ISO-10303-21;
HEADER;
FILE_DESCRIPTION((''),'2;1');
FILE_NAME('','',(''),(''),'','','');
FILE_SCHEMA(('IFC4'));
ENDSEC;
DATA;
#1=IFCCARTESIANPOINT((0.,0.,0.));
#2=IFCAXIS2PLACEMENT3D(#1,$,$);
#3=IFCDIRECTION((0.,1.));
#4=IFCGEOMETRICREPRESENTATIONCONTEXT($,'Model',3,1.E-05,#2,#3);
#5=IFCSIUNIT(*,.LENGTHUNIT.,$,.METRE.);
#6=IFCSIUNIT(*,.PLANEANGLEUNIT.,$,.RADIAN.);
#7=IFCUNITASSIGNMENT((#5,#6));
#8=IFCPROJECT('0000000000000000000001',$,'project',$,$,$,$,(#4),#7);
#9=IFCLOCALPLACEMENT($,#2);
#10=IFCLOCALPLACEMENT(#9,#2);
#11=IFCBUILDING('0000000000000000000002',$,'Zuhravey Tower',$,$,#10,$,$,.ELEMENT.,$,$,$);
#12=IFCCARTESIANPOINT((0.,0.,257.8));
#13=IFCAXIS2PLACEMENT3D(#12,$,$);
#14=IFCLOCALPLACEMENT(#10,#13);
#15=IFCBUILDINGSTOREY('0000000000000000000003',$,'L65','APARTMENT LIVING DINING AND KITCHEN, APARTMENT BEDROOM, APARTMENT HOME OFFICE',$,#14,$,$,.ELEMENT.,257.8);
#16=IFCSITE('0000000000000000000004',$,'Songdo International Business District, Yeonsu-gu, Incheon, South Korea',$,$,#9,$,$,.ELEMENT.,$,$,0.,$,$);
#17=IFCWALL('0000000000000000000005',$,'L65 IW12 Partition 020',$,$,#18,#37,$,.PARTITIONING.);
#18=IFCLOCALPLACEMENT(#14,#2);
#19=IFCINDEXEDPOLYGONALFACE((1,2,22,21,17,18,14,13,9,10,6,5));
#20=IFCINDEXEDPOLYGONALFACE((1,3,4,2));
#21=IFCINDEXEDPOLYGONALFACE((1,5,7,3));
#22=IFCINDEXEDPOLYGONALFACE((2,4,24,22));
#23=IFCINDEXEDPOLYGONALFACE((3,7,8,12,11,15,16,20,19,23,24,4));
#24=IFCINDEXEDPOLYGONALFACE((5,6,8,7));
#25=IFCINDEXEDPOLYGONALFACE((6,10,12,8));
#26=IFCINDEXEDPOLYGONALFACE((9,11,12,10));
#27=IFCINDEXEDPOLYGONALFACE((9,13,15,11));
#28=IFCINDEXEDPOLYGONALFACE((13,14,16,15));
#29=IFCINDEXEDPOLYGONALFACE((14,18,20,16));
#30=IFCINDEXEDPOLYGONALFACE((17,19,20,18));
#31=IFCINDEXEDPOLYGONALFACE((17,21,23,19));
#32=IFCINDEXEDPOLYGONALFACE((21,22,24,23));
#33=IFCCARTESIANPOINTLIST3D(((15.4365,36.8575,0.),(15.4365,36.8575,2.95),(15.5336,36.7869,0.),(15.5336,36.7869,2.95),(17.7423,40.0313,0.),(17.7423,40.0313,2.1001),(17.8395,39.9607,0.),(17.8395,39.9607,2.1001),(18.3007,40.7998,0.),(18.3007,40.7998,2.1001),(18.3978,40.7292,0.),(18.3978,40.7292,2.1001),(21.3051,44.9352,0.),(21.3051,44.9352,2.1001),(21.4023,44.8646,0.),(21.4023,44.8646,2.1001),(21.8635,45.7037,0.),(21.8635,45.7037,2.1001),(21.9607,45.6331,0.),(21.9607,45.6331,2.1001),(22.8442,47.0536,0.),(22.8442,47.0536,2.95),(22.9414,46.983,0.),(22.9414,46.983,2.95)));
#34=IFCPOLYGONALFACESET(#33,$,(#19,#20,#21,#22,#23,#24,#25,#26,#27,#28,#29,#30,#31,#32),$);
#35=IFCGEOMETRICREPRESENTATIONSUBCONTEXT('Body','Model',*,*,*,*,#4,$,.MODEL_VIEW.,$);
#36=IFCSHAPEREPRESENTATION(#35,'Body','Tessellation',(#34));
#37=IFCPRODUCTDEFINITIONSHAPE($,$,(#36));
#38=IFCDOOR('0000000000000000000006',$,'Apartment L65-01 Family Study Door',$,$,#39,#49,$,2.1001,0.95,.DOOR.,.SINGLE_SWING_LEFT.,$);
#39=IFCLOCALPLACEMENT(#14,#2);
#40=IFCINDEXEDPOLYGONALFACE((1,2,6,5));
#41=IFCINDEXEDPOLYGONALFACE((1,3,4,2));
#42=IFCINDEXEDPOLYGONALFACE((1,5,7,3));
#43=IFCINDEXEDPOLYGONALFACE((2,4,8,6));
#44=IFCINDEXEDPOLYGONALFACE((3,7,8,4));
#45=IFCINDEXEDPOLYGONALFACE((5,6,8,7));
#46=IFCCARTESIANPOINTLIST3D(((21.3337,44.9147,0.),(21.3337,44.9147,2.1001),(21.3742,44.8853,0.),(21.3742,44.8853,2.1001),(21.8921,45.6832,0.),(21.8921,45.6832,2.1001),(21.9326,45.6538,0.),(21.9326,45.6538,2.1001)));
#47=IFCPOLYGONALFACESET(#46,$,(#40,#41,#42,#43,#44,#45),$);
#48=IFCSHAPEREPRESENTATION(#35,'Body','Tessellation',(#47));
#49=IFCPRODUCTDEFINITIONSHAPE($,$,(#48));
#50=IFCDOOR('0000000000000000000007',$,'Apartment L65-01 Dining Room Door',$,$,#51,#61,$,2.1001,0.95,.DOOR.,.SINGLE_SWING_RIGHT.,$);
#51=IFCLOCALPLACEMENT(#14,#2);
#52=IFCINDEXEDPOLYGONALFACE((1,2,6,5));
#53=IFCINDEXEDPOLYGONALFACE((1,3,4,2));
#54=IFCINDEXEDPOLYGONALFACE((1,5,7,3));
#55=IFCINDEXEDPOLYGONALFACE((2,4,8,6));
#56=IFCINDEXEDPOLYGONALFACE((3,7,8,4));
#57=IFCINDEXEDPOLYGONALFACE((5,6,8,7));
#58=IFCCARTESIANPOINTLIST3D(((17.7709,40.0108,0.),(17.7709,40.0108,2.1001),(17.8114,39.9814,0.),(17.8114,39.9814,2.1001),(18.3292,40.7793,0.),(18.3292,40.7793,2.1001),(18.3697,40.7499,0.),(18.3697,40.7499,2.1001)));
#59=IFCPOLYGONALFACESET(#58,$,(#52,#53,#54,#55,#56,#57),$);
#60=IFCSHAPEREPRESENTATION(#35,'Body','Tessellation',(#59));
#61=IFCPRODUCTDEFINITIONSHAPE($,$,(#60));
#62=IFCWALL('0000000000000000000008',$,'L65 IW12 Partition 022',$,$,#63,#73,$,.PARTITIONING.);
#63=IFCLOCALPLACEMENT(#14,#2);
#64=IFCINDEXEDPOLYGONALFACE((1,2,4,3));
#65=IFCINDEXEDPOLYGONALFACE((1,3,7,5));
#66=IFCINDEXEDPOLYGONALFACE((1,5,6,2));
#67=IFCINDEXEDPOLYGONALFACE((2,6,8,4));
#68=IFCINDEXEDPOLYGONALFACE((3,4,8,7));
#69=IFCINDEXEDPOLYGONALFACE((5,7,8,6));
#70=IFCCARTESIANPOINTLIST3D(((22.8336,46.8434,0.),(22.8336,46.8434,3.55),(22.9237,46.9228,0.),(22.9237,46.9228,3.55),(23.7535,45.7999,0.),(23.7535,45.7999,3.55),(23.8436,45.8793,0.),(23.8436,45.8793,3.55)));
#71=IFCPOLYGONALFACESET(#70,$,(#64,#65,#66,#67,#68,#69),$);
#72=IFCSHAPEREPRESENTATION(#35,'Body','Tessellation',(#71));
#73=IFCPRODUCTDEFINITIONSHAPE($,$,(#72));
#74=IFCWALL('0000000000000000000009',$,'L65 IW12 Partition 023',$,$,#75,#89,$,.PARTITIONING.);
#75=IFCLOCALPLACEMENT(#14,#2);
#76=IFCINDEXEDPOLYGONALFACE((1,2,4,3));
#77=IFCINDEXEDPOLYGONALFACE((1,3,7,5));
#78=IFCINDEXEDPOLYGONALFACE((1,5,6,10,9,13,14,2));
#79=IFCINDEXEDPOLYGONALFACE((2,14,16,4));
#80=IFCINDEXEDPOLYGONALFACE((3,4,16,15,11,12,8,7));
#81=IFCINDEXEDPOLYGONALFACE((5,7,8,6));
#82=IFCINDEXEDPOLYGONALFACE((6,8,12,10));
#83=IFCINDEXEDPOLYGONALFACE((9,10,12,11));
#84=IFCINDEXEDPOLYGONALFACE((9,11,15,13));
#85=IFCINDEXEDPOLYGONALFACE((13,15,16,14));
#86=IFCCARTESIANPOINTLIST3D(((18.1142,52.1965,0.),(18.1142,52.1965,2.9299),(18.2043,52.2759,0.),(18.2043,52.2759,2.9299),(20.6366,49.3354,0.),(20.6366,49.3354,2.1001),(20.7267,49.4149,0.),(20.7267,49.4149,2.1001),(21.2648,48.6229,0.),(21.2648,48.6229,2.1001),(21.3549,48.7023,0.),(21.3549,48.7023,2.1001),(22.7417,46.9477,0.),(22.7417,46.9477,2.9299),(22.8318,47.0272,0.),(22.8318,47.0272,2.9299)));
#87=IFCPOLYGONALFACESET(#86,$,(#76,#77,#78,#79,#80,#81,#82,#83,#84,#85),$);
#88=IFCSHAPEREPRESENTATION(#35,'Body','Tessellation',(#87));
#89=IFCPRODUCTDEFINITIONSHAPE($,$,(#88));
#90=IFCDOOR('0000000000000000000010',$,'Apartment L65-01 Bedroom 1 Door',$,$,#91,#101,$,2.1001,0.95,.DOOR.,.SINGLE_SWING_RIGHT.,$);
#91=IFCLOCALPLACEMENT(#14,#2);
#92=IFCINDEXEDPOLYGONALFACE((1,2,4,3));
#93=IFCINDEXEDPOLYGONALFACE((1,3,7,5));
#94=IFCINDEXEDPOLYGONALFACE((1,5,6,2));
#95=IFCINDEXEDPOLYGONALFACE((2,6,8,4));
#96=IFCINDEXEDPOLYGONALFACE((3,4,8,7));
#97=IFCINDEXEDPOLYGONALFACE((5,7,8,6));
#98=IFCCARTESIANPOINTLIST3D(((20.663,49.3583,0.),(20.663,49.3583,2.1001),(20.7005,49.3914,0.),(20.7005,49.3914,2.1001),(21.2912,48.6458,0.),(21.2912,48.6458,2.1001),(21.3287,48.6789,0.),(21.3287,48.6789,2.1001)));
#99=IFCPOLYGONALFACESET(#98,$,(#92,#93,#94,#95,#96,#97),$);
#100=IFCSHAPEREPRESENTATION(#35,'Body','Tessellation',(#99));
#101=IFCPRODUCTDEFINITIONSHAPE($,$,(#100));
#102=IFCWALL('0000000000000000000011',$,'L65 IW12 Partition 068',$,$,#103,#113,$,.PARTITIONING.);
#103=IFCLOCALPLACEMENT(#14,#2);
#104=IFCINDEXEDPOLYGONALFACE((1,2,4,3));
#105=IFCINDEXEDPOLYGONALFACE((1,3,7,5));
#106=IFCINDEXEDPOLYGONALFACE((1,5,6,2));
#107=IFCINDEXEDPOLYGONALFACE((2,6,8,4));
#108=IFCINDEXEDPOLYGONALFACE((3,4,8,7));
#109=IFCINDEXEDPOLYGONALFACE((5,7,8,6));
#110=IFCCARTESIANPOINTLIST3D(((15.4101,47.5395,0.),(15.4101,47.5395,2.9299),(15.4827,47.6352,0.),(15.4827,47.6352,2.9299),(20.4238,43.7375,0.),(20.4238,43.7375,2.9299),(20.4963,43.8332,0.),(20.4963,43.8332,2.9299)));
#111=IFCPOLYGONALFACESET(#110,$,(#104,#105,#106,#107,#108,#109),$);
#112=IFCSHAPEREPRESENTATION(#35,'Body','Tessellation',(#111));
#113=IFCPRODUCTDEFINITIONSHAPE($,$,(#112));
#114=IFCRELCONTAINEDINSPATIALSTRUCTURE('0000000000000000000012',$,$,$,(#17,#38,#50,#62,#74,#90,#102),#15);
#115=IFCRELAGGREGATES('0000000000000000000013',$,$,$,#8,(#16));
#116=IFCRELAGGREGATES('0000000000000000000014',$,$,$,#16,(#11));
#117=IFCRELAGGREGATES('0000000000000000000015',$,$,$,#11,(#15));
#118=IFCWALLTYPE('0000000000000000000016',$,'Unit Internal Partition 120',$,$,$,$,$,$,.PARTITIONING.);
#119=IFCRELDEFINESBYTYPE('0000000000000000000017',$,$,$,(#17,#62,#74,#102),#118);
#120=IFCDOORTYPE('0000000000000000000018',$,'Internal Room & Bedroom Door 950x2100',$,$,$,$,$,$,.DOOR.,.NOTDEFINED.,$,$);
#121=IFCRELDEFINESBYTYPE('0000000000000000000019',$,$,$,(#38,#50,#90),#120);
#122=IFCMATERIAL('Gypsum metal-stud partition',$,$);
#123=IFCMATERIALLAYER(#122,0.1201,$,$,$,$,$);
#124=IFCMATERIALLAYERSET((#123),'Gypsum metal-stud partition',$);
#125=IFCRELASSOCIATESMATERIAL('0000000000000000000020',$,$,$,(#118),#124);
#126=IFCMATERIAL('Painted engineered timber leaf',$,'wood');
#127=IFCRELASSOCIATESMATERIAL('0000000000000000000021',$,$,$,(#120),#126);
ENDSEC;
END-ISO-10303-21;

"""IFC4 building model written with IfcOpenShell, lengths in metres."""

from ifc_helpers import new_model, si_unit, direction, frame, frame_2d, origin, place, context, subcontext, project, spatial, rectangle, extrude, material, layer, layer_set, type_object, element, fill, save


model = new_model("IFC4")

# Units and contexts
model_context = context("Model", 3, precision=1e-05, world=origin(), true_north=direction((0.0, 1.0)))
body_context = subcontext(model_context, "Body", "Model", "MODEL_VIEW")
ifc_project = project(units=[si_unit("LENGTHUNIT", "METRE"), si_unit("PLANEANGLEUNIT", "RADIAN")], contexts=[model_context])

# Site, building, storey
site_placement = place(None, origin())
site = spatial("IfcSite", under=ifc_project, at=site_placement, Name="Songdo International Business District, Yeonsu-gu, Incheon, South Korea", CompositionType="ELEMENT", RefElevation=0.0)
building_placement = place(site_placement, origin())
building = spatial("IfcBuilding", under=site, at=building_placement, Name="Zuhravey Tower", CompositionType="ELEMENT")
storey_placement = place(building_placement, frame((0.0, 0.0, 257.8)))
storey = spatial("IfcBuildingStorey", under=building, at=storey_placement, Name="L65", Description="APARTMENT LIVING DINING AND KITCHEN, APARTMENT BEDROOM, APARTMENT HOME OFFICE", CompositionType="ELEMENT", Elevation=257.8)

# Wall, openings, doors
ifc_material_1 = material(Name="Gypsum metal-stud partition")
ifc_layer_1 = layer(ifc_material_1, 0.1201)
ifc_layer_set_1 = layer_set([ifc_layer_1], Name="Gypsum metal-stud partition")
wall_type_1 = type_object("IfcWallType", Name="Unit Internal Partition 120", PredefinedType="PARTITIONING", material=ifc_layer_set_1)
wall_1_placement = place(storey_placement, frame((22.8928, 47.0183, 0.0), z_axis=(0.0, 0.0, 1.0), x_axis=(-0.587778, -0.809022, 0.0)))
wall_1 = element("IfcWall", 1, at=wall_1_placement, inside=storey, type_object=wall_type_1, Name="L65 IW12 Partition 020", PredefinedType="PARTITIONING", context=body_context, shape_type="SweptSolid", body=[
    extrude(rectangle(XDim=12.603, YDim=0.1201, at=frame_2d((6.3015, 0.0))), origin(), (0.0, 0.0, 1.0), 2.95),
])
opening_1_placement = place(wall_1_placement, frame((1.6685, 0.0, 0.0)))
opening_1 = element("IfcOpeningElement", 2, at=opening_1_placement, cuts=wall_1, PredefinedType="OPENING", context=body_context, shape_type="SweptSolid", body=[
    extrude(rectangle(XDim=0.95, YDim=2.1001, at=frame_2d((0.4751, 1.05))), frame((0.0, 0.072, 0.0), z_axis=(0.0, -1.0, 0.0), x_axis=(1.0, 0.0, 0.0)), (0.0, 0.0, 1.0), 0.144),
])
opening_2_placement = place(wall_1_placement, frame((7.73, 0.0, 0.0)))
opening_2 = element("IfcOpeningElement", 3, at=opening_2_placement, cuts=wall_1, PredefinedType="OPENING", context=body_context, shape_type="SweptSolid", body=[
    extrude(rectangle(XDim=0.95, YDim=2.1001, at=frame_2d((0.4751, 1.05))), frame((0.0, 0.072, 0.0), z_axis=(0.0, -1.0, 0.0), x_axis=(1.0, 0.0, 0.0)), (0.0, 0.0, 1.0), 0.144),
])
ifc_material_2 = material(Name="Painted engineered timber leaf", Category="wood")
door_type_1 = type_object("IfcDoorType", Name="Internal Room & Bedroom Door 950x2100", OperationType="NOTDEFINED", PredefinedType="DOOR", material=ifc_material_2)
door_1_placement = place(opening_1_placement, frame((0.95, 0.0, 0.0), z_axis=(0.0, 0.0, 1.0), x_axis=(-1.0, 0.0, 0.0)))
door_1 = element("IfcDoor", 4, at=door_1_placement, inside=storey, type_object=door_type_1, Name="Apartment L65-01 Family Study Door", OperationType="SINGLE_SWING_LEFT", OverallHeight=2.1001, OverallWidth=0.95, PredefinedType="DOOR", context=body_context, shape_type="SweptSolid", body=[
    extrude(rectangle(XDim=0.95, YDim=2.1001, at=frame_2d((0.4751, 1.05))), frame((0.0, 0.0249, 0.0), z_axis=(0.0, -1.0, 0.0), x_axis=(1.0, 0.0, 0.0)), (0.0, 0.0, 1.0), 0.05),
])
fill(opening_1, door_1)
door_2_placement = place(opening_2_placement, frame((0.95, 0.0, 0.0), z_axis=(0.0, 0.0, 1.0), x_axis=(-1.0, 0.0, 0.0)))
door_2 = element("IfcDoor", 5, at=door_2_placement, inside=storey, type_object=door_type_1, Name="Apartment L65-01 Dining Room Door", OperationType="SINGLE_SWING_RIGHT", OverallHeight=2.1001, OverallWidth=0.95, PredefinedType="DOOR", context=body_context, shape_type="SweptSolid", body=[
    extrude(rectangle(XDim=0.95, YDim=2.1001, at=frame_2d((0.4751, 1.05))), frame((0.0, 0.0249, 0.0), z_axis=(0.0, -1.0, 0.0), x_axis=(1.0, 0.0, 0.0)), (0.0, 0.0, 1.0), 0.05),
])
fill(opening_2, door_2)

# Wall
wall_2_placement = place(storey_placement, frame((23.7986, 45.8396, 0.0), z_axis=(0.0, 0.0, 1.0), x_axis=(-0.661308, 0.750114, 0.0)))
element("IfcWall", 6, at=wall_2_placement, inside=storey, type_object=wall_type_1, Name="L65 IW12 Partition 022", PredefinedType="PARTITIONING", context=body_context, shape_type="SweptSolid", body=[
    extrude(rectangle(XDim=1.3911, YDim=0.1201, at=frame_2d((0.6956, 0.0))), origin(), (0.0, 0.0, 1.0), 3.55),
])

# Wall, opening, door
wall_3_placement = place(storey_placement, frame((22.7866, 46.9875, 0.0), z_axis=(0.0, 0.0, 1.0), x_axis=(-0.661313, 0.75011, 0.0)))
wall_3 = element("IfcWall", 7, at=wall_3_placement, inside=storey, type_object=wall_type_1, Name="L65 IW12 Partition 023", PredefinedType="PARTITIONING", context=body_context, shape_type="SweptSolid", body=[
    extrude(rectangle(XDim=6.9973, YDim=0.1201, at=frame_2d((3.4985, 0.0))), origin(), (0.0, 0.0, 1.0), 2.9299),
])
opening_3_placement = place(wall_3_placement, frame((2.2329, 0.0, 0.0)))
opening_3 = element("IfcOpeningElement", 8, at=opening_3_placement, cuts=wall_3, PredefinedType="OPENING", context=body_context, shape_type="SweptSolid", body=[
    extrude(rectangle(XDim=0.95, YDim=2.1001, at=frame_2d((0.4751, 1.05))), frame((0.0, 0.072, 0.0), z_axis=(0.0, -1.0, 0.0), x_axis=(1.0, 0.0, 0.0)), (0.0, 0.0, 1.0), 0.144),
])
door_3_placement = place(opening_3_placement, frame((0.95, 0.0, 0.0), z_axis=(0.0, 0.0, 1.0), x_axis=(-1.0, 0.0, 0.0)))
door_3 = element("IfcDoor", 9, at=door_3_placement, inside=storey, type_object=door_type_1, Name="Apartment L65-01 Bedroom 1 Door", OperationType="SINGLE_SWING_RIGHT", OverallHeight=2.1001, OverallWidth=0.95, PredefinedType="DOOR", context=body_context, shape_type="SweptSolid", body=[
    extrude(rectangle(XDim=0.95, YDim=2.1001, at=frame_2d((0.4751, 1.05))), frame((0.0, 0.0249, 0.0), z_axis=(0.0, -1.0, 0.0), x_axis=(1.0, 0.0, 0.0)), (0.0, 0.0, 1.0), 0.05),
])
fill(opening_3, door_3)

# Wall
wall_4_placement = place(storey_placement, frame((20.46, 43.7854, 0.0), z_axis=(0.0, 0.0, 1.0), x_axis=(-0.796804, 0.604238, 0.0)))
element("IfcWall", 10, at=wall_4_placement, inside=storey, type_object=wall_type_1, Name="L65 IW12 Partition 068", PredefinedType="PARTITIONING", context=body_context, shape_type="SweptSolid", body=[
    extrude(rectangle(XDim=6.2922, YDim=0.1201, at=frame_2d((3.146, 0.0))), origin(), (0.0, 0.0, 1.0), 2.9299),
])

save(model, "model.ifc")
